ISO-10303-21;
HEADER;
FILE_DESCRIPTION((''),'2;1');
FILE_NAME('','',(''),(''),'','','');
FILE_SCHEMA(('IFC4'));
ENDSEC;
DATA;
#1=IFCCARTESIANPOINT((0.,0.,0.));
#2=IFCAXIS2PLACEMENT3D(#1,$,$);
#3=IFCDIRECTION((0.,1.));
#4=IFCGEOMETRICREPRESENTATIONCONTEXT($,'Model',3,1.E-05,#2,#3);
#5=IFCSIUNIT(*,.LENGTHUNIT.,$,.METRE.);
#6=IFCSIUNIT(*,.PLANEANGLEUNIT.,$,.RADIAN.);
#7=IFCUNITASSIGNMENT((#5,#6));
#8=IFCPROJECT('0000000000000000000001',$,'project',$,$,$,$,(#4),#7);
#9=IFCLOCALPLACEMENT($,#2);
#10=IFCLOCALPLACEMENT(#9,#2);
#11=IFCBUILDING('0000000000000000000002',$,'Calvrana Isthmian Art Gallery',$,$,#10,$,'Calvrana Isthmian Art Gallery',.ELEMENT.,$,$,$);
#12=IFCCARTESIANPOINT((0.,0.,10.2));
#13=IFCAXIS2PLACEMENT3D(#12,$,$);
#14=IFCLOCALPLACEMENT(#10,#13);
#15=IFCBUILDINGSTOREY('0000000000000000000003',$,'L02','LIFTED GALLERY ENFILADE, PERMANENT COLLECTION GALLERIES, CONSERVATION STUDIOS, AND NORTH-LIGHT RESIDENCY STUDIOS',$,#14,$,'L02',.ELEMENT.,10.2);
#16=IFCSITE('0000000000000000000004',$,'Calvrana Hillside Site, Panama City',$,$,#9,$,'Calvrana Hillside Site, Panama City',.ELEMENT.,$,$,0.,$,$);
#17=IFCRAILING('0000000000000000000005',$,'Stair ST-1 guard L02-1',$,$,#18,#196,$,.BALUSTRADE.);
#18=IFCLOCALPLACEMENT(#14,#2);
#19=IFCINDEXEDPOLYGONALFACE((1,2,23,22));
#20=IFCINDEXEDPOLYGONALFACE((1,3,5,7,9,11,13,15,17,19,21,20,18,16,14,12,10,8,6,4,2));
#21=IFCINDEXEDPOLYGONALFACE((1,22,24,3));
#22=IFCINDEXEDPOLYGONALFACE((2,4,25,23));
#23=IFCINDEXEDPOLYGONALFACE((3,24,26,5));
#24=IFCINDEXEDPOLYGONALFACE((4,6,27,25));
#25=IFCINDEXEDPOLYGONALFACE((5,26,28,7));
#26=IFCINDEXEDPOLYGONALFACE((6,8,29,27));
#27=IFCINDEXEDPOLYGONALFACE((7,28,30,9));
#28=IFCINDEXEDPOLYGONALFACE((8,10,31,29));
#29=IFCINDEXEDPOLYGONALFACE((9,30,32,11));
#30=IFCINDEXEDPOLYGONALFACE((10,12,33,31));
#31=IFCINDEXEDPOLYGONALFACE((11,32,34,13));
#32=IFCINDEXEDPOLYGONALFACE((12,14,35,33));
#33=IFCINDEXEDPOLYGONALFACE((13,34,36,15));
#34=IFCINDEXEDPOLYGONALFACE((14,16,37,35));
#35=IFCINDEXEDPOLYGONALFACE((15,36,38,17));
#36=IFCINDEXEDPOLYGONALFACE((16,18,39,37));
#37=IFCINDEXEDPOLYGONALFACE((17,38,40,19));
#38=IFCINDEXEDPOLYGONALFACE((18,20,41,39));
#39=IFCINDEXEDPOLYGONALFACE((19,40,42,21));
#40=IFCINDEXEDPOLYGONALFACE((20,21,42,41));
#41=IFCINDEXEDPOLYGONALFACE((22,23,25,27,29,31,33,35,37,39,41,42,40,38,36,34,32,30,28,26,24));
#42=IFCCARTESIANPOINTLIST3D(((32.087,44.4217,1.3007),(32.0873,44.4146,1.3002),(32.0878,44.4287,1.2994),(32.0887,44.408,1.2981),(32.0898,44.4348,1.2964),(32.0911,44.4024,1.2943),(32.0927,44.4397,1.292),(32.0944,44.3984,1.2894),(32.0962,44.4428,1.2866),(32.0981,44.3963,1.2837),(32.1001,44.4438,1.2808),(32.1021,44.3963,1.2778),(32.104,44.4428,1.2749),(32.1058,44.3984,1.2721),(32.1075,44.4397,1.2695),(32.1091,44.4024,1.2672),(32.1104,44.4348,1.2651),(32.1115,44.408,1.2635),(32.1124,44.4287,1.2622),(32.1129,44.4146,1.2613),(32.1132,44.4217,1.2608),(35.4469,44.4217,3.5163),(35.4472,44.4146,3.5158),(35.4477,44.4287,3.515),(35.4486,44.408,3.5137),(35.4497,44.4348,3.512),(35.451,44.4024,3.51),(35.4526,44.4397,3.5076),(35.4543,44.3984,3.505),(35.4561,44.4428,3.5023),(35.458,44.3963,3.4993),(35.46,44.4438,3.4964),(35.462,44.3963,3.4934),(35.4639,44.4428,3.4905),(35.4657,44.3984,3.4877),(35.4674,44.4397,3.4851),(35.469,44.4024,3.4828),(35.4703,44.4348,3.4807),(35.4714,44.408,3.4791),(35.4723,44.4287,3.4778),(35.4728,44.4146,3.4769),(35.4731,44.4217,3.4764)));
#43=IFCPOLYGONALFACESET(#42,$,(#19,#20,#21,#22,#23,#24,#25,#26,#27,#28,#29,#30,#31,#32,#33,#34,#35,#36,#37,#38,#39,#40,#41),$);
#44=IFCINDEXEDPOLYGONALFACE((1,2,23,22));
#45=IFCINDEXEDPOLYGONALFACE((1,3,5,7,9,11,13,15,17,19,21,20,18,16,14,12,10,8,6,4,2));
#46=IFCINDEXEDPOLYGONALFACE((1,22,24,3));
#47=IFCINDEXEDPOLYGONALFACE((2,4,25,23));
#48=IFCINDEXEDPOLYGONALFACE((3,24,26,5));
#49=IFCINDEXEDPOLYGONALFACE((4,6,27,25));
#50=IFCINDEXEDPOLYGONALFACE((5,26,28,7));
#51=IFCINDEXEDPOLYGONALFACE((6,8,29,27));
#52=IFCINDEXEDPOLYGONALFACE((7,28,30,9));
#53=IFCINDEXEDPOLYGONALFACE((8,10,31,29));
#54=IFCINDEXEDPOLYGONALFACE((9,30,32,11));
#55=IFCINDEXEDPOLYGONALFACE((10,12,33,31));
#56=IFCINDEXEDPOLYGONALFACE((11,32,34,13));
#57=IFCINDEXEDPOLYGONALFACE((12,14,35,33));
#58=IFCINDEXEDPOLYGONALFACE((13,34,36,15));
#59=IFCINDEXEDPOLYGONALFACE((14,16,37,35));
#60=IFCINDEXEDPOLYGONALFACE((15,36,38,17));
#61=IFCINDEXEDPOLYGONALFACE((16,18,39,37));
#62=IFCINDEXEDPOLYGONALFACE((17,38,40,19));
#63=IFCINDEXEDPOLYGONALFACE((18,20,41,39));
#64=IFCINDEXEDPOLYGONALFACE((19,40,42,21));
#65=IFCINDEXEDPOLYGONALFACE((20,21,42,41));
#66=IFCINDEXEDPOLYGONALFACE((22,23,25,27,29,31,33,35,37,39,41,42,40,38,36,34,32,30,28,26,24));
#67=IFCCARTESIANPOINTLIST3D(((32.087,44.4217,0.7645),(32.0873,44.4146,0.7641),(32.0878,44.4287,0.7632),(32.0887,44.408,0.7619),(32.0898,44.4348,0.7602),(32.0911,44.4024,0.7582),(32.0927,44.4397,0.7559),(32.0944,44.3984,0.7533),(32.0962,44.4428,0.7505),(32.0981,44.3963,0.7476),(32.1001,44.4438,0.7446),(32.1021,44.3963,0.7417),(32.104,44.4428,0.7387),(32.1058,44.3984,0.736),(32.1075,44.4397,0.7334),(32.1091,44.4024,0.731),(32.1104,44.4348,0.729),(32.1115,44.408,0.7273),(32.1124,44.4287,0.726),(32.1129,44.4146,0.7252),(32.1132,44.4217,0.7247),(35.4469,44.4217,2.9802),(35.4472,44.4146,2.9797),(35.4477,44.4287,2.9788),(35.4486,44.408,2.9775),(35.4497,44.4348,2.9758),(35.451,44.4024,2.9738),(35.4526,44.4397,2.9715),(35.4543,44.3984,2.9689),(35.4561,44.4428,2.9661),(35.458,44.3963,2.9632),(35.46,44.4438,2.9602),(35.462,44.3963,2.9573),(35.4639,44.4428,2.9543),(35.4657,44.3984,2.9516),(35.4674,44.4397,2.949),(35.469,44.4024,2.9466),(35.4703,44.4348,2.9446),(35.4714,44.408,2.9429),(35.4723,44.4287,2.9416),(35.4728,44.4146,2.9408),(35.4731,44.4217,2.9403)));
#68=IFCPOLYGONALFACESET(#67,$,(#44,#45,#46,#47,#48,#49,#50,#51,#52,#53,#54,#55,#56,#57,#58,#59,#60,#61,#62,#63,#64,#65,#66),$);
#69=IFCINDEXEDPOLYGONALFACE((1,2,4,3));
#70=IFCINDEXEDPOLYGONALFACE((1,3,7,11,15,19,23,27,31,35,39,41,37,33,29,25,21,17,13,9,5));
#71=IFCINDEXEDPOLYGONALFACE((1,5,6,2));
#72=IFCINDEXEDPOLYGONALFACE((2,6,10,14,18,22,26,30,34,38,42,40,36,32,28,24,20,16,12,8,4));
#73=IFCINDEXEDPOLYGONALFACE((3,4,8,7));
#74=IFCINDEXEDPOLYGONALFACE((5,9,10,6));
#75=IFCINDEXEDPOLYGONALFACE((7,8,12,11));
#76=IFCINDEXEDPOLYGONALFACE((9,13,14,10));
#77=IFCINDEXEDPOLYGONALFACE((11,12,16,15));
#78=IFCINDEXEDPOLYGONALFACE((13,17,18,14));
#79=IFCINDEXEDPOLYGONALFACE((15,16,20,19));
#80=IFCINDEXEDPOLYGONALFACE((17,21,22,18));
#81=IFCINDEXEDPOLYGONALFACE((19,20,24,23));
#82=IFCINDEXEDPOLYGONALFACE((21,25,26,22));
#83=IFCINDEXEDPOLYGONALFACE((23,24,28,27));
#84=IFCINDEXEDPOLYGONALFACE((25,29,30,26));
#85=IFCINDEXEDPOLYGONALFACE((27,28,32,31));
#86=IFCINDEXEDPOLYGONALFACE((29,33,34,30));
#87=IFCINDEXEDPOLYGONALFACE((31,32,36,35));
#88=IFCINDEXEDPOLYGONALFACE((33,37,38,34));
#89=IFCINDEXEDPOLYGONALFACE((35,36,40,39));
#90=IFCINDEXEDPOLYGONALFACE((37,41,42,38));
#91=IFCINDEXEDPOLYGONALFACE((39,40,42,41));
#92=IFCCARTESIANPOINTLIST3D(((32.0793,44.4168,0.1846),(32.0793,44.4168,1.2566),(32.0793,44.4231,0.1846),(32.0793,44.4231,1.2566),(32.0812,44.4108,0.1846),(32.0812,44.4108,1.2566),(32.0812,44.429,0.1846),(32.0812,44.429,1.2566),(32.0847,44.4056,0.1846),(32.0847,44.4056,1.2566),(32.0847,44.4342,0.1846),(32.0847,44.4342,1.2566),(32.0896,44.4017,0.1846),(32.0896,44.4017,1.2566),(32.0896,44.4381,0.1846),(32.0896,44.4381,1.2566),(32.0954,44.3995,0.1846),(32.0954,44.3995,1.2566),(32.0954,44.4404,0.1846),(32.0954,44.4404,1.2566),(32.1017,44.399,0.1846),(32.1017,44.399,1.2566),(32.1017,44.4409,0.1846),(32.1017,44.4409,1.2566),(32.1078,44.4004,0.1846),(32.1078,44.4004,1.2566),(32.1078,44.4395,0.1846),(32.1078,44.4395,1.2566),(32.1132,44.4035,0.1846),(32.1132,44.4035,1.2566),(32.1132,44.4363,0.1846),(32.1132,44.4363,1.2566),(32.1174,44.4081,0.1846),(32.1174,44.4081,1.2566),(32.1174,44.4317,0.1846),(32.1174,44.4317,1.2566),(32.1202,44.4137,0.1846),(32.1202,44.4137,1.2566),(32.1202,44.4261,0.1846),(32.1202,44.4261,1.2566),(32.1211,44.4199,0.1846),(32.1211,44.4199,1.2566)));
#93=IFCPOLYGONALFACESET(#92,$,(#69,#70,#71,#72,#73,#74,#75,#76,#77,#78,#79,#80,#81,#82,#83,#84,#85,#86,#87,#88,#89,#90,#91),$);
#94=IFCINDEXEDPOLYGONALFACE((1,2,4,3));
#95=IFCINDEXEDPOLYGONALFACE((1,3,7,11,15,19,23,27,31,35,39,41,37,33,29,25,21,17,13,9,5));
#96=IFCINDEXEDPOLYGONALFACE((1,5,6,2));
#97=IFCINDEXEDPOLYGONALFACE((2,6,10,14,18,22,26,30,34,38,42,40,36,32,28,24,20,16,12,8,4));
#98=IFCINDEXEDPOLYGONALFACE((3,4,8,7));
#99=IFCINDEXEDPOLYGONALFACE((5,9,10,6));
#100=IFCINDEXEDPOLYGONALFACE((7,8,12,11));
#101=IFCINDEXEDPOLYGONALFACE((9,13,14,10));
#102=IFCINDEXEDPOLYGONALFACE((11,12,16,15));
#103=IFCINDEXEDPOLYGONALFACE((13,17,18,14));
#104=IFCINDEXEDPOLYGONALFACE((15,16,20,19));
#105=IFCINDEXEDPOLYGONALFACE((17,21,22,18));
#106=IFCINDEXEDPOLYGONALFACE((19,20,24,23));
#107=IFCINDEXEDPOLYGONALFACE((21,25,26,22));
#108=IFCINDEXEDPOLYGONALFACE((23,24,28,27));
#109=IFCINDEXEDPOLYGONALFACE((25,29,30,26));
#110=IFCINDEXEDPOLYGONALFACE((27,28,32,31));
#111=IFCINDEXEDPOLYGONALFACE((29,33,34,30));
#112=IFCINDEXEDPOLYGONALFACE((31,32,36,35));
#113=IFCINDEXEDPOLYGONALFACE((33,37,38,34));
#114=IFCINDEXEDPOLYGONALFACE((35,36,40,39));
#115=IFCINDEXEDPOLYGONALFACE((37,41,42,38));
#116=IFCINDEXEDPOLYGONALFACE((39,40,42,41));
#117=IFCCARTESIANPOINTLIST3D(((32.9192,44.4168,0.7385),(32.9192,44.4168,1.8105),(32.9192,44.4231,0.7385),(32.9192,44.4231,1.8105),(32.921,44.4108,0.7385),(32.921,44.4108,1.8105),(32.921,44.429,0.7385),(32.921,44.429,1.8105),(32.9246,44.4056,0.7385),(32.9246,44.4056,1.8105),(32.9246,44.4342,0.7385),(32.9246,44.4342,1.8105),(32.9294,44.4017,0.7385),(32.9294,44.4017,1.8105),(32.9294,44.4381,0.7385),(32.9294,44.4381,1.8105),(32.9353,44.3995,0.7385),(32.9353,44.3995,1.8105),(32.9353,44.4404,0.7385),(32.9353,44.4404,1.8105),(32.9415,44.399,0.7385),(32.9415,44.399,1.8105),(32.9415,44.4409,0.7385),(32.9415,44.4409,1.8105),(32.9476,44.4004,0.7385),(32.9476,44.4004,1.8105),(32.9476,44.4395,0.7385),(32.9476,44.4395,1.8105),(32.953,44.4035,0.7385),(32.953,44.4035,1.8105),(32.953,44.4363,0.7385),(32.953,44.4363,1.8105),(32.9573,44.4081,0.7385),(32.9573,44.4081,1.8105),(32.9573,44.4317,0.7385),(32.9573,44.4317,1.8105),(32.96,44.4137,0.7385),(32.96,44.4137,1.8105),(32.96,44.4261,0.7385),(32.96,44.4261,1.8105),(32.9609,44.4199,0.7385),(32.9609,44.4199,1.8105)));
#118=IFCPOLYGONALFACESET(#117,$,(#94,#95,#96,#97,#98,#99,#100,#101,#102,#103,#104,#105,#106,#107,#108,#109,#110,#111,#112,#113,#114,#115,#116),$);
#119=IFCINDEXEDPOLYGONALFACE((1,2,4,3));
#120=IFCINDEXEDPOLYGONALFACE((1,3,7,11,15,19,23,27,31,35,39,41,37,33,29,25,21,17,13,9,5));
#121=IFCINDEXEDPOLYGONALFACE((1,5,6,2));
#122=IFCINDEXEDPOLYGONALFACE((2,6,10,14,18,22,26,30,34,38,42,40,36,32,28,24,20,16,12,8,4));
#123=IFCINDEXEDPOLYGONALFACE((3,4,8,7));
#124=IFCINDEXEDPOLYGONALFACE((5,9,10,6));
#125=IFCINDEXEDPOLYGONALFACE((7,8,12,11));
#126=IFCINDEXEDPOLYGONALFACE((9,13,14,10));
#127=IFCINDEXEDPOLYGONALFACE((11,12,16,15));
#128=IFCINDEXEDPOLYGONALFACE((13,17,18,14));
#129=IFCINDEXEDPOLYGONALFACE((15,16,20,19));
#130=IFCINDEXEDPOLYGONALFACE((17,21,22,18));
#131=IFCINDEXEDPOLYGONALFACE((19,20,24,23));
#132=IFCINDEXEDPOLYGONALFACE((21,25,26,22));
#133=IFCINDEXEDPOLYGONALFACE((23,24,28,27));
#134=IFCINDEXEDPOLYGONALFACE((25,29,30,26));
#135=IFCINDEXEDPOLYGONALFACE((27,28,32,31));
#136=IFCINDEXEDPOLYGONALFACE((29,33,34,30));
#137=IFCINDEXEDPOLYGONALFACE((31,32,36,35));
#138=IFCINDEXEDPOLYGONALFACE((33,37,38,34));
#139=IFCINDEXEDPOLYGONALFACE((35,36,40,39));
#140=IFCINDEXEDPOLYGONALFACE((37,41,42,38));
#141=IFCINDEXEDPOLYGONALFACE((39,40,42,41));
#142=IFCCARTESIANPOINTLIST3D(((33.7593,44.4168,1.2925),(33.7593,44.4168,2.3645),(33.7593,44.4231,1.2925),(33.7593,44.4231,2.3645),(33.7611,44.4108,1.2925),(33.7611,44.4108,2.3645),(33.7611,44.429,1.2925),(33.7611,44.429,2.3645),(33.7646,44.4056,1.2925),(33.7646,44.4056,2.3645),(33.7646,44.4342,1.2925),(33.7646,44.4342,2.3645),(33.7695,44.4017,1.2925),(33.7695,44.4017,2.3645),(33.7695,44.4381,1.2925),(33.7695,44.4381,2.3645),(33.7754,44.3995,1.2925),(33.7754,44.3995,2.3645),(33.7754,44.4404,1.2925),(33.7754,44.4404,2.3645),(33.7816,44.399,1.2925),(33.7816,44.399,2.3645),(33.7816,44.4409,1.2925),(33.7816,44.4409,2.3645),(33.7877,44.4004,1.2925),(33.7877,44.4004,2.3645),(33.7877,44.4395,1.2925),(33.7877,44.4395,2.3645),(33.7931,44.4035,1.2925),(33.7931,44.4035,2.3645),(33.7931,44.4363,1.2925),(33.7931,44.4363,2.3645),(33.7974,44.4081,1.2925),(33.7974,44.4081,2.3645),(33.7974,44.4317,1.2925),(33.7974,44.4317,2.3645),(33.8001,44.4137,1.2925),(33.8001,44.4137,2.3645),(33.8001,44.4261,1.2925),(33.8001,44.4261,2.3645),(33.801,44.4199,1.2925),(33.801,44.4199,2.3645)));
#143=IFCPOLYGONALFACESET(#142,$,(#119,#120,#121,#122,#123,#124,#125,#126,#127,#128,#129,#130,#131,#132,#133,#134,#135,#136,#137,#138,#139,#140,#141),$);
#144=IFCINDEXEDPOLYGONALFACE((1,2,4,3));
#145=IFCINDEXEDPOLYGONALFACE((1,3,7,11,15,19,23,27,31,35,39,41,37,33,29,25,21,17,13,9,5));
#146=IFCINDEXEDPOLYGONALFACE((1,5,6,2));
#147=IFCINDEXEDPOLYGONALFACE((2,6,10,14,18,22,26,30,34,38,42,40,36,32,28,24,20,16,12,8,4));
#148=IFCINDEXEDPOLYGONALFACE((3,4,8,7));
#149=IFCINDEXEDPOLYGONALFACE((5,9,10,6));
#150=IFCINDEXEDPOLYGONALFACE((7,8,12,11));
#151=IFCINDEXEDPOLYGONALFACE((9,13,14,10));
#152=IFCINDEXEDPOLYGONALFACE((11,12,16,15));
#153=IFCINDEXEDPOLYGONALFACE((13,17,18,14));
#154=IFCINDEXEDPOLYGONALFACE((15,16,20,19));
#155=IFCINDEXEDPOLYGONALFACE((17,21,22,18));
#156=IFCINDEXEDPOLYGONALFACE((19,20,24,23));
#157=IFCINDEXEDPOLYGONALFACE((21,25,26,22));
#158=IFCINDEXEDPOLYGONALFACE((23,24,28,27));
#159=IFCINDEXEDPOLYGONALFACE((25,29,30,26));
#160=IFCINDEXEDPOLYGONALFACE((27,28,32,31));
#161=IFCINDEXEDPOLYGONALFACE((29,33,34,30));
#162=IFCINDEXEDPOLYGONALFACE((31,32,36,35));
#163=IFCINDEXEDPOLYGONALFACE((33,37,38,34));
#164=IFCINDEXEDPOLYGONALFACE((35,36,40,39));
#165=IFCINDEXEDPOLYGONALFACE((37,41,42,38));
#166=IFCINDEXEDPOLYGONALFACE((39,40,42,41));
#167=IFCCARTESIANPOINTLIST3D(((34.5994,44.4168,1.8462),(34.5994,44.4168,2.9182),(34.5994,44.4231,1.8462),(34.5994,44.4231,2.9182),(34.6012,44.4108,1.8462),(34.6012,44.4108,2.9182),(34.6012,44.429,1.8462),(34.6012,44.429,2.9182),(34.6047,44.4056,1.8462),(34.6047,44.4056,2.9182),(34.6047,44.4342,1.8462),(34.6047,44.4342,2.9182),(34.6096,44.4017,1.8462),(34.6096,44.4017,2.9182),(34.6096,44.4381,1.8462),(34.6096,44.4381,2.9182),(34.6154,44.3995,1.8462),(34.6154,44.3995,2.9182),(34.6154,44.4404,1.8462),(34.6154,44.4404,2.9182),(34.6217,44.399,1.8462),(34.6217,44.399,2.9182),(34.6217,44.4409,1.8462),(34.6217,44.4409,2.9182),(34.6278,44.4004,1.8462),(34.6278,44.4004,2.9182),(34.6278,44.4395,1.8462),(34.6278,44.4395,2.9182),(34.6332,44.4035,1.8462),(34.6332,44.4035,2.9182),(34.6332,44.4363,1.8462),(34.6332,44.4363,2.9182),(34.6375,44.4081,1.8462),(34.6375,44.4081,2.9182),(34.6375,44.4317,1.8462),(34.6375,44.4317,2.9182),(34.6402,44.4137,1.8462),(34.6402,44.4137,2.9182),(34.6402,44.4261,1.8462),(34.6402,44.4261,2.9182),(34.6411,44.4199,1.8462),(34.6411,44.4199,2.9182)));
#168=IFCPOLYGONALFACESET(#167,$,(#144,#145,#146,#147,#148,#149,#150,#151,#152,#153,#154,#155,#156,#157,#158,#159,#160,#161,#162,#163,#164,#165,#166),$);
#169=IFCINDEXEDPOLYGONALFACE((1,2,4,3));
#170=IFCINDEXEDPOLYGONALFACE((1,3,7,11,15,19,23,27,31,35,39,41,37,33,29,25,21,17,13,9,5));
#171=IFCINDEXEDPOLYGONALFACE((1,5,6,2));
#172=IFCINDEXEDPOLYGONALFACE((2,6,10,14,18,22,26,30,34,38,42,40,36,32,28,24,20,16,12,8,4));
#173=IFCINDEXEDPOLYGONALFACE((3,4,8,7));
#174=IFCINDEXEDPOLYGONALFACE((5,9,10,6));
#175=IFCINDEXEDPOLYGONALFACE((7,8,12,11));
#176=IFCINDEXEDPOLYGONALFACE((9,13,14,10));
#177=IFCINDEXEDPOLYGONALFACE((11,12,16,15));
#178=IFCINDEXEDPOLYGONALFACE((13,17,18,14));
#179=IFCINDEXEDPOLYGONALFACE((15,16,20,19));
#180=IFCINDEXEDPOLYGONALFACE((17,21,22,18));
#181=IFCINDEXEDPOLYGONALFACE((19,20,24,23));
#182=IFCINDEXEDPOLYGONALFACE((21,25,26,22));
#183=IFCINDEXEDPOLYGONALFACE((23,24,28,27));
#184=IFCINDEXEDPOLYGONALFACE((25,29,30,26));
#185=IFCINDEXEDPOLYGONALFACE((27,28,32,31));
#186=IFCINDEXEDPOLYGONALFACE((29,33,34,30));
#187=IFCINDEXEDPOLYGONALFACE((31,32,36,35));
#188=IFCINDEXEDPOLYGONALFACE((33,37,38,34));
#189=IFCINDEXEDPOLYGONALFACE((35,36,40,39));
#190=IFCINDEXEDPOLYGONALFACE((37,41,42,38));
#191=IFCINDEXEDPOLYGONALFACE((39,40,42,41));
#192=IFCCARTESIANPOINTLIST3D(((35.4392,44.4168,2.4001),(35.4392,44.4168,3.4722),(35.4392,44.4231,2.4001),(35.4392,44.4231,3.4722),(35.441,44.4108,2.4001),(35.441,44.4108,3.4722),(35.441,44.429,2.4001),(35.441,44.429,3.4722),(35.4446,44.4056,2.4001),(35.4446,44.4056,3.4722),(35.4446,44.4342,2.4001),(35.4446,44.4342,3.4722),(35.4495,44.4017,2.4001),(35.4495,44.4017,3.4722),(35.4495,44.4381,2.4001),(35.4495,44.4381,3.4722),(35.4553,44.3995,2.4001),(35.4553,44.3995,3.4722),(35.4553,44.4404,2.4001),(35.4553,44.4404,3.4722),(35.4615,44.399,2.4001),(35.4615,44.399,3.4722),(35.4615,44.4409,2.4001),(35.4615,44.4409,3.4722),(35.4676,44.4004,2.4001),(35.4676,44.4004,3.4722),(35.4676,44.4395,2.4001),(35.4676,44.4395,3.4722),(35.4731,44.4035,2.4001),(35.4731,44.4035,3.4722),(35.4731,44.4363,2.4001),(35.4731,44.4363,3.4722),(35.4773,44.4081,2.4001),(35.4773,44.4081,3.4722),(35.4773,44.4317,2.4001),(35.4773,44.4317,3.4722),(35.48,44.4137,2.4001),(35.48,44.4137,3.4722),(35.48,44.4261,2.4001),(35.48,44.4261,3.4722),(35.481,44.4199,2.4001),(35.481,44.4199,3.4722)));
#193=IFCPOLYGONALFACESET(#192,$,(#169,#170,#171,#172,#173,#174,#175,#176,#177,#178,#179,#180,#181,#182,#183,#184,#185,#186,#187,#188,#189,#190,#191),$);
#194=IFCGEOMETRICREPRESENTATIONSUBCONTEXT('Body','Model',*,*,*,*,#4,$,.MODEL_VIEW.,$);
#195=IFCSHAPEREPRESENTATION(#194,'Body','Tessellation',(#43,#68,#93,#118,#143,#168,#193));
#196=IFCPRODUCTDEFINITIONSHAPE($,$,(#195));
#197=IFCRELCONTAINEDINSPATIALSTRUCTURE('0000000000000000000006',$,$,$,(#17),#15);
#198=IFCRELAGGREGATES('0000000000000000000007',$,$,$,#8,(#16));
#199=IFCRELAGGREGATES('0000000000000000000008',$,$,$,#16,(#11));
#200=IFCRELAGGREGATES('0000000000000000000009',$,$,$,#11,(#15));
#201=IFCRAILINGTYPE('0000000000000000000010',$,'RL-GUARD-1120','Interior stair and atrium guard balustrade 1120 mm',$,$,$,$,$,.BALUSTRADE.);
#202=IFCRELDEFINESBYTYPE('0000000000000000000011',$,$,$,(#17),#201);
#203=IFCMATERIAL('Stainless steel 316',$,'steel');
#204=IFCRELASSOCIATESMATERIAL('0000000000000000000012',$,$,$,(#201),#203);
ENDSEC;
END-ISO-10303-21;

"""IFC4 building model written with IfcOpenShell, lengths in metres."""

from ifc_helpers import new_model, si_unit, direction, frame, origin, origin_2d, place, context, subcontext, project, spatial, circle, extrude, material, type_object, element, save


model = new_model("IFC4")

# Units and contexts
model_context = context("Model", 3, precision=1e-05, world=origin(), true_north=direction((0.0, 1.0)))
body_context = subcontext(model_context, "Body", "Model", "MODEL_VIEW")
ifc_project = project(units=[si_unit("LENGTHUNIT", "METRE"), si_unit("PLANEANGLEUNIT", "RADIAN")], contexts=[model_context])

# Site, building, storey
site_placement = place(None, origin())
site = spatial("IfcSite", under=ifc_project, at=site_placement, Name="Calvrana Hillside Site, Panama City", LongName="Calvrana Hillside Site, Panama City", CompositionType="ELEMENT", RefElevation=0.0)
building_placement = place(site_placement, origin())
building = spatial("IfcBuilding", under=site, at=building_placement, Name="Calvrana Isthmian Art Gallery", LongName="Calvrana Isthmian Art Gallery", CompositionType="ELEMENT")
storey_placement = place(building_placement, frame((0.0, 0.0, 10.2)))
storey = spatial("IfcBuildingStorey", under=building, at=storey_placement, Name="L02", Description="LIFTED GALLERY ENFILADE, PERMANENT COLLECTION GALLERIES, CONSERVATION STUDIOS, AND NORTH-LIGHT RESIDENCY STUDIOS", LongName="L02", CompositionType="ELEMENT", Elevation=10.2)

# Railing
ifc_material_1 = material(Name="Stainless steel 316", Category="steel")
railing_type_1 = type_object("IfcRailingType", Name="RL-GUARD-1120", Description="Interior stair and atrium guard balustrade 1120 mm", PredefinedType="BALUSTRADE", material=ifc_material_1)
railing_1_placement = place(storey_placement, frame((32.1001, 44.4199, 0.1846)))
element("IfcRailing", 1, at=railing_1_placement, inside=storey, type_object=railing_type_1, Name="Stair ST-1 guard L02-1", PredefinedType="BALUSTRADE", context=body_context, shape_type="SweptSolid", body=[
    extrude(circle(Radius=0.0239, at=origin_2d()), frame((0.0, 0.0, 1.0962), z_axis=(0.83483, 0.0, 0.550508), x_axis=(0.0, 1.0, 0.0)), (0.0, 0.0, 1.0), 4.0247),
    extrude(circle(Radius=0.0239, at=origin_2d()), frame((0.0, 0.0, 0.5601), z_axis=(0.83483, 0.0, 0.550508), x_axis=(0.0, 1.0, 0.0)), (0.0, 0.0, 1.0), 4.0247),
    extrude(circle(Radius=0.021, at=origin_2d()), origin(), (0.0, 0.0, 1.0), 1.072),
    extrude(circle(Radius=0.021, at=origin_2d()), frame((0.8398, 0.0, 0.554)), (0.0, 0.0, 1.0), 1.072),
    extrude(circle(Radius=0.021, at=origin_2d()), frame((1.6799, 0.0, 1.1079)), (0.0, 0.0, 1.0), 1.072),
    extrude(circle(Radius=0.021, at=origin_2d()), frame((2.52, 0.0, 1.6616)), (0.0, 0.0, 1.0), 1.072),
    extrude(circle(Radius=0.021, at=origin_2d()), frame((3.3599, 0.0, 2.2156)), (0.0, 0.0, 1.0), 1.072),
])

save(model, "model.ifc")
